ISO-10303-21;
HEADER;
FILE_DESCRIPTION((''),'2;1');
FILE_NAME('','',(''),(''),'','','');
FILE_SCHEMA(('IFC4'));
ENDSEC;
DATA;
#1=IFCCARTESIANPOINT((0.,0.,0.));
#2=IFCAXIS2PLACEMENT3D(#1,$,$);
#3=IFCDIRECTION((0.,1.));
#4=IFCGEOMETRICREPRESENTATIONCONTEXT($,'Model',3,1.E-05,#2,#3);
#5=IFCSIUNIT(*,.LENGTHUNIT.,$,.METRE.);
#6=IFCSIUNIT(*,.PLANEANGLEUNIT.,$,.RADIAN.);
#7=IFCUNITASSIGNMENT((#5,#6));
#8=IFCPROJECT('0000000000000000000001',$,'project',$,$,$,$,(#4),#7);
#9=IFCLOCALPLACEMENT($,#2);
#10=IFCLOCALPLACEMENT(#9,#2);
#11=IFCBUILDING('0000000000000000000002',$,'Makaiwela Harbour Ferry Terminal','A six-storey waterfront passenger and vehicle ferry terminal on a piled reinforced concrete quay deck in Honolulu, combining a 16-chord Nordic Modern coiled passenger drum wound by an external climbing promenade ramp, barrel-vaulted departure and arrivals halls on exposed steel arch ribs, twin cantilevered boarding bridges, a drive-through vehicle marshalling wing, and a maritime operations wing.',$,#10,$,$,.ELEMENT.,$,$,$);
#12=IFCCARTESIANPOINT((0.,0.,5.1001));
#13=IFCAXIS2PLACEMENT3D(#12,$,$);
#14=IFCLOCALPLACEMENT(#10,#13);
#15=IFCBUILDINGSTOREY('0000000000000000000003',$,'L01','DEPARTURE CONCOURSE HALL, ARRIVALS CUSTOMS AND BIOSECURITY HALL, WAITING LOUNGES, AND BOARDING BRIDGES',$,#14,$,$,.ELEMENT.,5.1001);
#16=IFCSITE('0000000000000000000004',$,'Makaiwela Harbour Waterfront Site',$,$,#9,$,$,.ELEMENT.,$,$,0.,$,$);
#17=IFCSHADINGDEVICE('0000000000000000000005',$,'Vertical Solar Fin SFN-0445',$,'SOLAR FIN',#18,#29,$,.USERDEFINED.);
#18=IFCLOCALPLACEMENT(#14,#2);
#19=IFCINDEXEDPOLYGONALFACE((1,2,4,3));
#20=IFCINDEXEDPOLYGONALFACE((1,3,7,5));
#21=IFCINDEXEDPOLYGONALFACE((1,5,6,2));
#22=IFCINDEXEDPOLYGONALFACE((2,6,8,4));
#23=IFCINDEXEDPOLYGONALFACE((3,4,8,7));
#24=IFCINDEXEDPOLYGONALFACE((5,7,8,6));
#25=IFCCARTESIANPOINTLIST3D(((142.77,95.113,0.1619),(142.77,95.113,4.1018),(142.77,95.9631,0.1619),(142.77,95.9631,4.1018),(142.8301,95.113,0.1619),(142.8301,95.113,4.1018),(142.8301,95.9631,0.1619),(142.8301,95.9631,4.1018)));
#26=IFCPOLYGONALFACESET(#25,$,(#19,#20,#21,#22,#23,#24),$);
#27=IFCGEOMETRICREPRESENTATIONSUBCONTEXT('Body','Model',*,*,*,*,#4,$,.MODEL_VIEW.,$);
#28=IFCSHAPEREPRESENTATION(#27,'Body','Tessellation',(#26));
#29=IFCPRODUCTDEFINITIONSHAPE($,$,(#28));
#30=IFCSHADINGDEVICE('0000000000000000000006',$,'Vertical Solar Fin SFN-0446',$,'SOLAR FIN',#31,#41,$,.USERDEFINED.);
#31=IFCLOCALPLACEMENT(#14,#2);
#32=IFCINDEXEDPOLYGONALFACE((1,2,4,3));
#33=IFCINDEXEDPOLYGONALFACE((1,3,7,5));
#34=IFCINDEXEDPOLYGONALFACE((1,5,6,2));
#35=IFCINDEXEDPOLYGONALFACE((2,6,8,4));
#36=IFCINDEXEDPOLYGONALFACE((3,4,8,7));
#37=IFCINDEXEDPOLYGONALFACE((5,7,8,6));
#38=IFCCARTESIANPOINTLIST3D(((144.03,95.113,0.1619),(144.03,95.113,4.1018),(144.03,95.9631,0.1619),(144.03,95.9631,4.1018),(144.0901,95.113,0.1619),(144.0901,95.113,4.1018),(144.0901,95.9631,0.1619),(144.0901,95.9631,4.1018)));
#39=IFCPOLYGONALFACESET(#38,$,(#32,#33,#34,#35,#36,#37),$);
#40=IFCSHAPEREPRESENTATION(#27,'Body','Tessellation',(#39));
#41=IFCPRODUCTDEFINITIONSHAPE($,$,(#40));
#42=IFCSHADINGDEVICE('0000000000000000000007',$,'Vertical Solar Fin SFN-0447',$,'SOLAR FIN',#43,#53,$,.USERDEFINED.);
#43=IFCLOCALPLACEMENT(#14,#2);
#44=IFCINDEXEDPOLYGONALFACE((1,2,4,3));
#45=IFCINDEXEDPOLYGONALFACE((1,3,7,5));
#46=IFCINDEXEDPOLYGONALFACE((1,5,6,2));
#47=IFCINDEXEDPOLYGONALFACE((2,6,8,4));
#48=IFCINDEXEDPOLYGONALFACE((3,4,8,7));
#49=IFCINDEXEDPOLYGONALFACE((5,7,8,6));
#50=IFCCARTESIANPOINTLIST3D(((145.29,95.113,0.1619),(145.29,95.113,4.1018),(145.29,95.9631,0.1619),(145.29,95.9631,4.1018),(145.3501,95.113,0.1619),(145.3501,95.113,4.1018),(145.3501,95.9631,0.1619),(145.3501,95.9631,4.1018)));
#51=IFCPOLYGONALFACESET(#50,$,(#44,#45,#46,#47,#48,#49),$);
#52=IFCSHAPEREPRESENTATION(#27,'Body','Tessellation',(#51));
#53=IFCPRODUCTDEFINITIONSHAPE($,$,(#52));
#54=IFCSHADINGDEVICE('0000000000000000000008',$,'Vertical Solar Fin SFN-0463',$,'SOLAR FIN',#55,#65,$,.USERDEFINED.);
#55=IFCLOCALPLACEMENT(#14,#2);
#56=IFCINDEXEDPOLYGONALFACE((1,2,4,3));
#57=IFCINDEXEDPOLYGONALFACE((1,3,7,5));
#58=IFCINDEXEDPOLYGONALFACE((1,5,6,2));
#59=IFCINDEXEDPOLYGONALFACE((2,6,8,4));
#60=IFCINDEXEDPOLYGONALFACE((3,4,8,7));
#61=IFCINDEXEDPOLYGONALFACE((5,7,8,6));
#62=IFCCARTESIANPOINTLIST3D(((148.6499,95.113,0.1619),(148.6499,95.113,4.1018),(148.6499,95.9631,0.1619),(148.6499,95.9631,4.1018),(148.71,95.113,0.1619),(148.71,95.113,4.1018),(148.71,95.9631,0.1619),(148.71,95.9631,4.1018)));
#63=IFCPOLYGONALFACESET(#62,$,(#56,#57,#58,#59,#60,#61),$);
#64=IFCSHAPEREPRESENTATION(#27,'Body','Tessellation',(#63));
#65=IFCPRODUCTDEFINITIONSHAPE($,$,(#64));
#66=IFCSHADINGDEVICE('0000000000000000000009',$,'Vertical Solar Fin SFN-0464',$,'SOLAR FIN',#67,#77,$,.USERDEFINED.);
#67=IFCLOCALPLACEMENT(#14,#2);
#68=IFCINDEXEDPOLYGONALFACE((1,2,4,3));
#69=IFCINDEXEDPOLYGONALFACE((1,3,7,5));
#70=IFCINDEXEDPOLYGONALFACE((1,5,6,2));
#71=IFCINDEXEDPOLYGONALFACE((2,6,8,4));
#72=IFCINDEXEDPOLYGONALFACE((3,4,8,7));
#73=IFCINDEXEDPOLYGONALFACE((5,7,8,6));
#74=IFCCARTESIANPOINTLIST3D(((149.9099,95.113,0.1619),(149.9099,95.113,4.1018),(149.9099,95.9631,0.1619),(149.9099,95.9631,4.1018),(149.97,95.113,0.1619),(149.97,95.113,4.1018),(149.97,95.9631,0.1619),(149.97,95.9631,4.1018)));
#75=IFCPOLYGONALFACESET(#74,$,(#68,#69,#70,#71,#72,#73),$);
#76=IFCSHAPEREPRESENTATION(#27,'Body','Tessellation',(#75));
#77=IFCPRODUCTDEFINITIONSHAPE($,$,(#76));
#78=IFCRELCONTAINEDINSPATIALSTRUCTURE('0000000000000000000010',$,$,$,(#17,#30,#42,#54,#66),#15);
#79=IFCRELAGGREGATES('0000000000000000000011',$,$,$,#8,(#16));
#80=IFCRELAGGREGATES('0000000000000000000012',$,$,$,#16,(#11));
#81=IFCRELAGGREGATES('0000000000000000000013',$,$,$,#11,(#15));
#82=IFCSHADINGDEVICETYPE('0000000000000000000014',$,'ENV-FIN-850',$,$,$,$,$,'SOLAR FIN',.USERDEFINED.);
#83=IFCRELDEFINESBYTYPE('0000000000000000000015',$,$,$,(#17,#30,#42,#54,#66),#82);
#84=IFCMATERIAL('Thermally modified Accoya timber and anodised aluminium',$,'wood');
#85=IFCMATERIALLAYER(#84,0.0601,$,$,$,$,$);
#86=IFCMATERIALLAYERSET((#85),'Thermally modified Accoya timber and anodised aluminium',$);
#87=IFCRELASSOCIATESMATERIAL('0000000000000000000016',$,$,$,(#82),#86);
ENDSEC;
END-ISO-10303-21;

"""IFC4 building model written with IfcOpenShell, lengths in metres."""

from ifc_helpers import new_model, si_unit, direction, frame, origin, origin_2d, place, context, subcontext, project, spatial, rectangle, extrude, material, layer, layer_set, type_object, element, save


model = new_model("IFC4")

# Units and contexts
model_context = context("Model", 3, precision=1e-05, world=origin(), true_north=direction((0.0, 1.0)))
body_context = subcontext(model_context, "Body", "Model", "MODEL_VIEW")
ifc_project = project(units=[si_unit("LENGTHUNIT", "METRE"), si_unit("PLANEANGLEUNIT", "RADIAN")], contexts=[model_context])

# Site, building, storey
site_placement = place(None, origin())
site = spatial("IfcSite", under=ifc_project, at=site_placement, Name="Makaiwela Harbour Waterfront Site", CompositionType="ELEMENT", RefElevation=0.0)
building_placement = place(site_placement, origin())
building = spatial("IfcBuilding", under=site, at=building_placement, Name="Makaiwela Harbour Ferry Terminal", Description="A six-storey waterfront passenger and vehicle ferry terminal on a piled reinforced concrete quay deck in Honolulu, combining a 16-chord Nordic Modern coiled passenger drum wound by an external climbing promenade ramp, barrel-vaulted departure and arrivals halls on exposed steel arch ribs, twin cantilevered boarding bridges, a drive-through vehicle marshalling wing, and a maritime operations wing.", CompositionType="ELEMENT")
storey_placement = place(building_placement, frame((0.0, 0.0, 5.1001)))
storey = spatial("IfcBuildingStorey", under=building, at=storey_placement, Name="L01", Description="DEPARTURE CONCOURSE HALL, ARRIVALS CUSTOMS AND BIOSECURITY HALL, WAITING LOUNGES, AND BOARDING BRIDGES", CompositionType="ELEMENT", Elevation=5.1001)

# Shading devices
ifc_material_1 = material(Name="Thermally modified Accoya timber and anodised aluminium", Category="wood")
ifc_layer_1 = layer(ifc_material_1, 0.0601)
ifc_layer_set_1 = layer_set([ifc_layer_1], Name="Thermally modified Accoya timber and anodised aluminium")
shading_device_type = type_object("IfcShadingDeviceType", Name="ENV-FIN-850", ElementType="SOLAR FIN", PredefinedType="USERDEFINED", material=ifc_layer_set_1)
for number, where, z_axis, x_axis, name in (
    (1, (142.8, 95.5381, 0.1619), (0.0, 0.0, 1.0), (0.0, 1.0, 0.0), "Vertical Solar Fin SFN-0445"),
    (2, (144.0601, 95.5381, 0.1619), (0.0, 0.0, 1.0), (0.0, 1.0, 0.0), "Vertical Solar Fin SFN-0446"),
    (3, (145.3201, 95.5381, 0.1619), (0.0, 0.0, 1.0), (0.0, 1.0, 0.0), "Vertical Solar Fin SFN-0447"),
    (4, (148.6799, 95.5381, 0.1619), (0.0, 0.0, 1.0), (0.0, 1.0, 0.0), "Vertical Solar Fin SFN-0463"),
    (5, (149.9399, 95.5381, 0.1619), (0.0, 0.0, 1.0), (0.0, 1.0, 0.0), "Vertical Solar Fin SFN-0464"),
):
    element("IfcShadingDevice", number, at=place(storey_placement, frame(where, z_axis=z_axis, x_axis=x_axis)), inside=storey, type_object=shading_device_type, Name=name, ObjectType="SOLAR FIN", PredefinedType="USERDEFINED", context=body_context, shape_type="SweptSolid", body=[
        extrude(rectangle(XDim=0.8501, YDim=0.0601, at=origin_2d()), origin(), (0.0, 0.0, 1.0), 3.9399),
    ])

save(model, "model.ifc")
